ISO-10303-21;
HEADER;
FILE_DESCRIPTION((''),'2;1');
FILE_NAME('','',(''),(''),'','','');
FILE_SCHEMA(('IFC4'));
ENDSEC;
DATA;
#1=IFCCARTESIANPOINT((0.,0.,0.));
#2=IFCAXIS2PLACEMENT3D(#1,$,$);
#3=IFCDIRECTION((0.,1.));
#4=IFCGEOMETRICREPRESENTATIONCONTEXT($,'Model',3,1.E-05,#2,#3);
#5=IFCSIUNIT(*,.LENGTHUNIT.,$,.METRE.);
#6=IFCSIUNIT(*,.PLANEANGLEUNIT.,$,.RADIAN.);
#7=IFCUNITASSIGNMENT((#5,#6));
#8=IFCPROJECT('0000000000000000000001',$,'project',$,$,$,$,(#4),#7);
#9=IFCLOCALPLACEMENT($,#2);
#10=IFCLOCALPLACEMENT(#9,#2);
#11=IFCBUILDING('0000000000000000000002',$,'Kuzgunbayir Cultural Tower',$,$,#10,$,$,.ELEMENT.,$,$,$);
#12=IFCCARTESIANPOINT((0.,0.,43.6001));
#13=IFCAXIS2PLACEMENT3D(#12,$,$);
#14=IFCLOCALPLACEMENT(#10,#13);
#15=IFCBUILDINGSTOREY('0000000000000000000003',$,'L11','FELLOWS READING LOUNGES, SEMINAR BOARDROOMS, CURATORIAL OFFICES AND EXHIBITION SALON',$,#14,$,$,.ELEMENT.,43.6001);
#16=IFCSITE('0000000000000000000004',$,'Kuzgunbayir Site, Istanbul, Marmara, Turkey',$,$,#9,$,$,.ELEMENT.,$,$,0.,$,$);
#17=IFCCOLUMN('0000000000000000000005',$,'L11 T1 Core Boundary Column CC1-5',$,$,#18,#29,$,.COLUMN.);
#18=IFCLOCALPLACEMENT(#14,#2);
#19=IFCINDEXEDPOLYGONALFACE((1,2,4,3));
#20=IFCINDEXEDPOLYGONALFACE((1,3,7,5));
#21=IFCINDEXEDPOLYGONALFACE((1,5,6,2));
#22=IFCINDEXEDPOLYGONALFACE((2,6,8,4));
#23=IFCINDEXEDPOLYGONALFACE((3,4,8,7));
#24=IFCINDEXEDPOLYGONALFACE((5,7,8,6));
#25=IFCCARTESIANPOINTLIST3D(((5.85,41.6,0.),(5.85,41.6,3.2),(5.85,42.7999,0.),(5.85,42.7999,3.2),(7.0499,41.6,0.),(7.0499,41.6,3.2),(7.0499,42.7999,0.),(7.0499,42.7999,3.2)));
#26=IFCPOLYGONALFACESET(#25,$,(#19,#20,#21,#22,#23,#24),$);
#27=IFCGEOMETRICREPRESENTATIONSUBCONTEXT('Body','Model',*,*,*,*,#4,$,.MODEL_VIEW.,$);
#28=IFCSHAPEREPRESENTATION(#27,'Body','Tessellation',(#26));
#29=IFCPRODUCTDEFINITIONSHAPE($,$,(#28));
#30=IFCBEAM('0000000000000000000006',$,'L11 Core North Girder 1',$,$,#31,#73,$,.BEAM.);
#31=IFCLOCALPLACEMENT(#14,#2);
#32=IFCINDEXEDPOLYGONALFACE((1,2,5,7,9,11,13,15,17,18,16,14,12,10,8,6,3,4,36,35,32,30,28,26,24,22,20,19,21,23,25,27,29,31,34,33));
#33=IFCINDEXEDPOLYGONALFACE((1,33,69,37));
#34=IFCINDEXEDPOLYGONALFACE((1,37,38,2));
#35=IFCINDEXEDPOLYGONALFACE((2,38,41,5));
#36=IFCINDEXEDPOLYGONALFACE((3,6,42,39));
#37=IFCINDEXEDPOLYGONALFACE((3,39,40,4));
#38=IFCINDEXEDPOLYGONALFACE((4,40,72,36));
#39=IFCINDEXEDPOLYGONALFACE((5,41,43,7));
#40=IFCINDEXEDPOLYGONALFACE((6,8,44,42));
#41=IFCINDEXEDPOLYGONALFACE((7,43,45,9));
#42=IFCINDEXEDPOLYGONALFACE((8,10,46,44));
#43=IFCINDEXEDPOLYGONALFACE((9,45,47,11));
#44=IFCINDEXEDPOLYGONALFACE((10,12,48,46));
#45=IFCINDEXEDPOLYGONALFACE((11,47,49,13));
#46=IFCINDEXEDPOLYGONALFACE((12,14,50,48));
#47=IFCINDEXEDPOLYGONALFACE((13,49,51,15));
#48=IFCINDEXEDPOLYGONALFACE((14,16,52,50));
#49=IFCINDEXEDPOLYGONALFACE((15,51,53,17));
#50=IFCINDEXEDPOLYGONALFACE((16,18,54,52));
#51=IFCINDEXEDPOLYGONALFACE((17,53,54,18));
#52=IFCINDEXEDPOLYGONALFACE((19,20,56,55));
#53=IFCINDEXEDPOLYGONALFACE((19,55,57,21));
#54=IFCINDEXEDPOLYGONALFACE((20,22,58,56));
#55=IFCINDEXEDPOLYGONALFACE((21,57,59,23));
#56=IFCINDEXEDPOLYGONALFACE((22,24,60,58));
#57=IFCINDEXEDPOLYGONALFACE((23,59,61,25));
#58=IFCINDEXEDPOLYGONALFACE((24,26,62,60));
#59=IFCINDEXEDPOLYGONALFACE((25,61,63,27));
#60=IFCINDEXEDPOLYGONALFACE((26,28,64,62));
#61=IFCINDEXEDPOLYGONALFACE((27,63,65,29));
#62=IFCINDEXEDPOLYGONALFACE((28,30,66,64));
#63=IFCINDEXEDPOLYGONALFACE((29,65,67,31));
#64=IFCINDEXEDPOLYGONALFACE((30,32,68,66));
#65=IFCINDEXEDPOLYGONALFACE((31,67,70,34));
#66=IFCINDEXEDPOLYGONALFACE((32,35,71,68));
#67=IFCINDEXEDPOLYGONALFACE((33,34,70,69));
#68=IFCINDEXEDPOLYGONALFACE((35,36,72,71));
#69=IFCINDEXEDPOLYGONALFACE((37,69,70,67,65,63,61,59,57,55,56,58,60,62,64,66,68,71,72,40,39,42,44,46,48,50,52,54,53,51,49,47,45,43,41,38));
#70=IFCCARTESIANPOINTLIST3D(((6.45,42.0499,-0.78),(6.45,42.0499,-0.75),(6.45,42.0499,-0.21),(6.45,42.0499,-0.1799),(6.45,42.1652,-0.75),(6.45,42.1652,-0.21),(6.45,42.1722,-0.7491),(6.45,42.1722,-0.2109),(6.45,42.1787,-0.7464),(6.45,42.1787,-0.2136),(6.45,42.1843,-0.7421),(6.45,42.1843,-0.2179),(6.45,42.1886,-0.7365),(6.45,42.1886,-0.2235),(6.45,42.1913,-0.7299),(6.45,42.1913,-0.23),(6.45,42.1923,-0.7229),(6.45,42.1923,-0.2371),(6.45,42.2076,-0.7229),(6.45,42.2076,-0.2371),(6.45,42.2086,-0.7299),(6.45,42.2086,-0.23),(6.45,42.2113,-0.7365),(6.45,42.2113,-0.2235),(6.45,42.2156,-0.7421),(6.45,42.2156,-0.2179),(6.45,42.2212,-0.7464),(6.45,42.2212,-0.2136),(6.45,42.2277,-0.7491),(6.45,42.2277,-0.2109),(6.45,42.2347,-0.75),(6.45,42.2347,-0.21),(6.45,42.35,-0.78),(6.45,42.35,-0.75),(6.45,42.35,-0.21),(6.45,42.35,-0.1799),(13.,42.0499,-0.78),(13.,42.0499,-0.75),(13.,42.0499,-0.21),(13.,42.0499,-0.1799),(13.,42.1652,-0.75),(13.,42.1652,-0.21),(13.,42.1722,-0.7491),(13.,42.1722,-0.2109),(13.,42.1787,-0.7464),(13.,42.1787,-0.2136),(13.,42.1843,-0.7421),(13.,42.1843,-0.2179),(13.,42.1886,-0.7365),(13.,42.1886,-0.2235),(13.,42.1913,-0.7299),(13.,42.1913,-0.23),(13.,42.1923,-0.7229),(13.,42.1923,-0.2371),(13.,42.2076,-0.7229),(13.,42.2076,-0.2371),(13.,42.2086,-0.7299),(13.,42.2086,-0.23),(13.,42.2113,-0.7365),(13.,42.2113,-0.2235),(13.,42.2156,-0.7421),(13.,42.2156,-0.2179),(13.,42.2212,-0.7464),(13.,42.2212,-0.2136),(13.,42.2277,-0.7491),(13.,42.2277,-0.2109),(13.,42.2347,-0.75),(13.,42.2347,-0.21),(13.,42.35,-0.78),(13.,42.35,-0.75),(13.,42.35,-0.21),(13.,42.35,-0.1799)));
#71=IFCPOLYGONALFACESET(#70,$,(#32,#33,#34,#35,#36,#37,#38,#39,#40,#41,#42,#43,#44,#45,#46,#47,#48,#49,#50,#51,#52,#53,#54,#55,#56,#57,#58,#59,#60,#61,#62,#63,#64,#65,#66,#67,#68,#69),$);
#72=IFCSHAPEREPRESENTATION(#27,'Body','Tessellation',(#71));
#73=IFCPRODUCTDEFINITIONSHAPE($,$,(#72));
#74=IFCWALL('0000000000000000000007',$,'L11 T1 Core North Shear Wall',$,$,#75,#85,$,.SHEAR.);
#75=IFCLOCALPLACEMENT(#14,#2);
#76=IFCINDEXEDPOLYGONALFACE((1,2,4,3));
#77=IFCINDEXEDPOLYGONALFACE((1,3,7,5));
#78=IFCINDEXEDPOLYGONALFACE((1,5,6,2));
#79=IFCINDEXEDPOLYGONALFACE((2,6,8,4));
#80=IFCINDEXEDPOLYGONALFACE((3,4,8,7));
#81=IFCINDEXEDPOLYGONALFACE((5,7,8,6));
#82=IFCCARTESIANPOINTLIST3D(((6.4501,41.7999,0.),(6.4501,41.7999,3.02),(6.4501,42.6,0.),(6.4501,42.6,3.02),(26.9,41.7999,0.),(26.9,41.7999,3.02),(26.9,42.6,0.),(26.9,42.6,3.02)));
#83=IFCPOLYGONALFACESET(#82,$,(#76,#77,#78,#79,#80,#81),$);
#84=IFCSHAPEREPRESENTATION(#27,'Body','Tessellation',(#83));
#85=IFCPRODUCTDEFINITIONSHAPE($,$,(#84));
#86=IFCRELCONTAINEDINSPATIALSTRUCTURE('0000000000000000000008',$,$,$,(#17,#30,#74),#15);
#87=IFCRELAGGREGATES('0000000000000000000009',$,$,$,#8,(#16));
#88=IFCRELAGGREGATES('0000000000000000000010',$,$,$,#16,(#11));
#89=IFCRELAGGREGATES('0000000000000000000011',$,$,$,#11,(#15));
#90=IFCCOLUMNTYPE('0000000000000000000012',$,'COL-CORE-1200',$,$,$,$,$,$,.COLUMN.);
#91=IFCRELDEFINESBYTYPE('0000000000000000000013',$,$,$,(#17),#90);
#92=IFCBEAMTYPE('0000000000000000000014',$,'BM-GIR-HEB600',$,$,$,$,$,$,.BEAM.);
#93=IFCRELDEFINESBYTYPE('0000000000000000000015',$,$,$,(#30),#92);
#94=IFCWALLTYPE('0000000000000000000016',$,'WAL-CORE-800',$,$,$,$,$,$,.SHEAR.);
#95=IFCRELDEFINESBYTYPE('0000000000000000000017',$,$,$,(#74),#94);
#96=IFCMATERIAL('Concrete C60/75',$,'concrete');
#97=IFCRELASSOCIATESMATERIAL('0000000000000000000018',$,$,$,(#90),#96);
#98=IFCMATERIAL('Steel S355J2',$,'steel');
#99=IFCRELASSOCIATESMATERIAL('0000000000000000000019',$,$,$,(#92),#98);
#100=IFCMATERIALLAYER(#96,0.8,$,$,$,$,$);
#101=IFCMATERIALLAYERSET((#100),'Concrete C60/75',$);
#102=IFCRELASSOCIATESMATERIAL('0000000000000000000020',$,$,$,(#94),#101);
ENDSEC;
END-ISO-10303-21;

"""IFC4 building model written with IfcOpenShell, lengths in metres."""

from ifc_helpers import new_model, si_unit, direction, frame, frame_2d, origin, origin_2d, place, context, subcontext, project, spatial, rectangle, i_section, extrude, material, layer, layer_set, material_profile, profile_set, type_object, element, save


model = new_model("IFC4")

# Units and contexts
model_context = context("Model", 3, precision=1e-05, world=origin(), true_north=direction((0.0, 1.0)))
body_context = subcontext(model_context, "Body", "Model", "MODEL_VIEW")
ifc_project = project(units=[si_unit("LENGTHUNIT", "METRE"), si_unit("PLANEANGLEUNIT", "RADIAN")], contexts=[model_context])

# Site, building, storey
site_placement = place(None, origin())
site = spatial("IfcSite", under=ifc_project, at=site_placement, Name="Kuzgunbayir Site, Istanbul, Marmara, Turkey", CompositionType="ELEMENT", RefElevation=0.0)
building_placement = place(site_placement, origin())
building = spatial("IfcBuilding", under=site, at=building_placement, Name="Kuzgunbayir Cultural Tower", CompositionType="ELEMENT")
storey_placement = place(building_placement, frame((0.0, 0.0, 43.6001)))
storey = spatial("IfcBuildingStorey", under=building, at=storey_placement, Name="L11", Description="FELLOWS READING LOUNGES, SEMINAR BOARDROOMS, CURATORIAL OFFICES AND EXHIBITION SALON", CompositionType="ELEMENT", Elevation=43.6001)

# Column
ifc_material_1 = material(Name="Concrete C60/75", Category="concrete")
ifc_material_profile_1 = material_profile(ifc_material_1, rectangle(XDim=1.2, YDim=1.2, at=origin_2d()), Name="RC 1200x1200")
ifc_profile_set_1 = profile_set([ifc_material_profile_1], Name="Concrete C60/75")
column_type = type_object("IfcColumnType", Name="COL-CORE-1200", PredefinedType="COLUMN", material=ifc_profile_set_1)
column_placement = place(storey_placement, frame((6.45, 42.2, 0.0), z_axis=(0.0, 0.0, 1.0), x_axis=(1.0, 0.0, 0.0)))
element("IfcColumn", 1, at=column_placement, inside=storey, type_object=column_type, Name="L11 T1 Core Boundary Column CC1-5", PredefinedType="COLUMN", context=body_context, shape_type="SweptSolid", body=[
    extrude(rectangle(XDim=1.2, YDim=1.2, at=origin_2d()), origin(), (0.0, 0.0, 1.0), 3.2),
])

# Beam
ifc_material_2 = material(Name="Steel S355J2", Category="steel")
ifc_material_profile_2 = material_profile(ifc_material_2, i_section(OverallWidth=0.3, OverallDepth=0.6001, WebThickness=0.0154, FlangeThickness=0.03, FilletRadius=0.0271, at=origin_2d()), Name="HEB 600")
ifc_profile_set_2 = profile_set([ifc_material_profile_2], Name="Steel S355J2")
beam_type = type_object("IfcBeamType", Name="BM-GIR-HEB600", PredefinedType="BEAM", material=ifc_profile_set_2)
beam_placement = place(storey_placement, frame((6.45, 42.2, -0.48), z_axis=(1.0, 0.0, 0.0), x_axis=(0.0, 1.0, 0.0)))
element("IfcBeam", 2, at=beam_placement, inside=storey, type_object=beam_type, Name="L11 Core North Girder 1", PredefinedType="BEAM", context=body_context, shape_type="SweptSolid", body=[
    extrude(i_section(OverallWidth=0.3, OverallDepth=0.6001, WebThickness=0.0154, FlangeThickness=0.03, FilletRadius=0.0271, at=origin_2d()), origin(), (0.0, 0.0, 1.0), 6.55),
])

# Wall
ifc_layer_1 = layer(ifc_material_1, 0.8)
ifc_layer_set_1 = layer_set([ifc_layer_1], Name="Concrete C60/75")
wall_type_1 = type_object("IfcWallType", Name="WAL-CORE-800", PredefinedType="SHEAR", material=ifc_layer_set_1)
wall_1_placement = place(storey_placement, frame((6.45, 42.2, 0.0), z_axis=(0.0, 0.0, 1.0), x_axis=(1.0, 0.0, 0.0)))
element("IfcWall", 3, at=wall_1_placement, inside=storey, type_object=wall_type_1, Name="L11 T1 Core North Shear Wall", PredefinedType="SHEAR", context=body_context, shape_type="SweptSolid", body=[
    extrude(rectangle(XDim=20.45, YDim=0.8, at=frame_2d((10.2251, 0.0))), origin(), (0.0, 0.0, 1.0), 3.02),
])

save(model, "model.ifc")
